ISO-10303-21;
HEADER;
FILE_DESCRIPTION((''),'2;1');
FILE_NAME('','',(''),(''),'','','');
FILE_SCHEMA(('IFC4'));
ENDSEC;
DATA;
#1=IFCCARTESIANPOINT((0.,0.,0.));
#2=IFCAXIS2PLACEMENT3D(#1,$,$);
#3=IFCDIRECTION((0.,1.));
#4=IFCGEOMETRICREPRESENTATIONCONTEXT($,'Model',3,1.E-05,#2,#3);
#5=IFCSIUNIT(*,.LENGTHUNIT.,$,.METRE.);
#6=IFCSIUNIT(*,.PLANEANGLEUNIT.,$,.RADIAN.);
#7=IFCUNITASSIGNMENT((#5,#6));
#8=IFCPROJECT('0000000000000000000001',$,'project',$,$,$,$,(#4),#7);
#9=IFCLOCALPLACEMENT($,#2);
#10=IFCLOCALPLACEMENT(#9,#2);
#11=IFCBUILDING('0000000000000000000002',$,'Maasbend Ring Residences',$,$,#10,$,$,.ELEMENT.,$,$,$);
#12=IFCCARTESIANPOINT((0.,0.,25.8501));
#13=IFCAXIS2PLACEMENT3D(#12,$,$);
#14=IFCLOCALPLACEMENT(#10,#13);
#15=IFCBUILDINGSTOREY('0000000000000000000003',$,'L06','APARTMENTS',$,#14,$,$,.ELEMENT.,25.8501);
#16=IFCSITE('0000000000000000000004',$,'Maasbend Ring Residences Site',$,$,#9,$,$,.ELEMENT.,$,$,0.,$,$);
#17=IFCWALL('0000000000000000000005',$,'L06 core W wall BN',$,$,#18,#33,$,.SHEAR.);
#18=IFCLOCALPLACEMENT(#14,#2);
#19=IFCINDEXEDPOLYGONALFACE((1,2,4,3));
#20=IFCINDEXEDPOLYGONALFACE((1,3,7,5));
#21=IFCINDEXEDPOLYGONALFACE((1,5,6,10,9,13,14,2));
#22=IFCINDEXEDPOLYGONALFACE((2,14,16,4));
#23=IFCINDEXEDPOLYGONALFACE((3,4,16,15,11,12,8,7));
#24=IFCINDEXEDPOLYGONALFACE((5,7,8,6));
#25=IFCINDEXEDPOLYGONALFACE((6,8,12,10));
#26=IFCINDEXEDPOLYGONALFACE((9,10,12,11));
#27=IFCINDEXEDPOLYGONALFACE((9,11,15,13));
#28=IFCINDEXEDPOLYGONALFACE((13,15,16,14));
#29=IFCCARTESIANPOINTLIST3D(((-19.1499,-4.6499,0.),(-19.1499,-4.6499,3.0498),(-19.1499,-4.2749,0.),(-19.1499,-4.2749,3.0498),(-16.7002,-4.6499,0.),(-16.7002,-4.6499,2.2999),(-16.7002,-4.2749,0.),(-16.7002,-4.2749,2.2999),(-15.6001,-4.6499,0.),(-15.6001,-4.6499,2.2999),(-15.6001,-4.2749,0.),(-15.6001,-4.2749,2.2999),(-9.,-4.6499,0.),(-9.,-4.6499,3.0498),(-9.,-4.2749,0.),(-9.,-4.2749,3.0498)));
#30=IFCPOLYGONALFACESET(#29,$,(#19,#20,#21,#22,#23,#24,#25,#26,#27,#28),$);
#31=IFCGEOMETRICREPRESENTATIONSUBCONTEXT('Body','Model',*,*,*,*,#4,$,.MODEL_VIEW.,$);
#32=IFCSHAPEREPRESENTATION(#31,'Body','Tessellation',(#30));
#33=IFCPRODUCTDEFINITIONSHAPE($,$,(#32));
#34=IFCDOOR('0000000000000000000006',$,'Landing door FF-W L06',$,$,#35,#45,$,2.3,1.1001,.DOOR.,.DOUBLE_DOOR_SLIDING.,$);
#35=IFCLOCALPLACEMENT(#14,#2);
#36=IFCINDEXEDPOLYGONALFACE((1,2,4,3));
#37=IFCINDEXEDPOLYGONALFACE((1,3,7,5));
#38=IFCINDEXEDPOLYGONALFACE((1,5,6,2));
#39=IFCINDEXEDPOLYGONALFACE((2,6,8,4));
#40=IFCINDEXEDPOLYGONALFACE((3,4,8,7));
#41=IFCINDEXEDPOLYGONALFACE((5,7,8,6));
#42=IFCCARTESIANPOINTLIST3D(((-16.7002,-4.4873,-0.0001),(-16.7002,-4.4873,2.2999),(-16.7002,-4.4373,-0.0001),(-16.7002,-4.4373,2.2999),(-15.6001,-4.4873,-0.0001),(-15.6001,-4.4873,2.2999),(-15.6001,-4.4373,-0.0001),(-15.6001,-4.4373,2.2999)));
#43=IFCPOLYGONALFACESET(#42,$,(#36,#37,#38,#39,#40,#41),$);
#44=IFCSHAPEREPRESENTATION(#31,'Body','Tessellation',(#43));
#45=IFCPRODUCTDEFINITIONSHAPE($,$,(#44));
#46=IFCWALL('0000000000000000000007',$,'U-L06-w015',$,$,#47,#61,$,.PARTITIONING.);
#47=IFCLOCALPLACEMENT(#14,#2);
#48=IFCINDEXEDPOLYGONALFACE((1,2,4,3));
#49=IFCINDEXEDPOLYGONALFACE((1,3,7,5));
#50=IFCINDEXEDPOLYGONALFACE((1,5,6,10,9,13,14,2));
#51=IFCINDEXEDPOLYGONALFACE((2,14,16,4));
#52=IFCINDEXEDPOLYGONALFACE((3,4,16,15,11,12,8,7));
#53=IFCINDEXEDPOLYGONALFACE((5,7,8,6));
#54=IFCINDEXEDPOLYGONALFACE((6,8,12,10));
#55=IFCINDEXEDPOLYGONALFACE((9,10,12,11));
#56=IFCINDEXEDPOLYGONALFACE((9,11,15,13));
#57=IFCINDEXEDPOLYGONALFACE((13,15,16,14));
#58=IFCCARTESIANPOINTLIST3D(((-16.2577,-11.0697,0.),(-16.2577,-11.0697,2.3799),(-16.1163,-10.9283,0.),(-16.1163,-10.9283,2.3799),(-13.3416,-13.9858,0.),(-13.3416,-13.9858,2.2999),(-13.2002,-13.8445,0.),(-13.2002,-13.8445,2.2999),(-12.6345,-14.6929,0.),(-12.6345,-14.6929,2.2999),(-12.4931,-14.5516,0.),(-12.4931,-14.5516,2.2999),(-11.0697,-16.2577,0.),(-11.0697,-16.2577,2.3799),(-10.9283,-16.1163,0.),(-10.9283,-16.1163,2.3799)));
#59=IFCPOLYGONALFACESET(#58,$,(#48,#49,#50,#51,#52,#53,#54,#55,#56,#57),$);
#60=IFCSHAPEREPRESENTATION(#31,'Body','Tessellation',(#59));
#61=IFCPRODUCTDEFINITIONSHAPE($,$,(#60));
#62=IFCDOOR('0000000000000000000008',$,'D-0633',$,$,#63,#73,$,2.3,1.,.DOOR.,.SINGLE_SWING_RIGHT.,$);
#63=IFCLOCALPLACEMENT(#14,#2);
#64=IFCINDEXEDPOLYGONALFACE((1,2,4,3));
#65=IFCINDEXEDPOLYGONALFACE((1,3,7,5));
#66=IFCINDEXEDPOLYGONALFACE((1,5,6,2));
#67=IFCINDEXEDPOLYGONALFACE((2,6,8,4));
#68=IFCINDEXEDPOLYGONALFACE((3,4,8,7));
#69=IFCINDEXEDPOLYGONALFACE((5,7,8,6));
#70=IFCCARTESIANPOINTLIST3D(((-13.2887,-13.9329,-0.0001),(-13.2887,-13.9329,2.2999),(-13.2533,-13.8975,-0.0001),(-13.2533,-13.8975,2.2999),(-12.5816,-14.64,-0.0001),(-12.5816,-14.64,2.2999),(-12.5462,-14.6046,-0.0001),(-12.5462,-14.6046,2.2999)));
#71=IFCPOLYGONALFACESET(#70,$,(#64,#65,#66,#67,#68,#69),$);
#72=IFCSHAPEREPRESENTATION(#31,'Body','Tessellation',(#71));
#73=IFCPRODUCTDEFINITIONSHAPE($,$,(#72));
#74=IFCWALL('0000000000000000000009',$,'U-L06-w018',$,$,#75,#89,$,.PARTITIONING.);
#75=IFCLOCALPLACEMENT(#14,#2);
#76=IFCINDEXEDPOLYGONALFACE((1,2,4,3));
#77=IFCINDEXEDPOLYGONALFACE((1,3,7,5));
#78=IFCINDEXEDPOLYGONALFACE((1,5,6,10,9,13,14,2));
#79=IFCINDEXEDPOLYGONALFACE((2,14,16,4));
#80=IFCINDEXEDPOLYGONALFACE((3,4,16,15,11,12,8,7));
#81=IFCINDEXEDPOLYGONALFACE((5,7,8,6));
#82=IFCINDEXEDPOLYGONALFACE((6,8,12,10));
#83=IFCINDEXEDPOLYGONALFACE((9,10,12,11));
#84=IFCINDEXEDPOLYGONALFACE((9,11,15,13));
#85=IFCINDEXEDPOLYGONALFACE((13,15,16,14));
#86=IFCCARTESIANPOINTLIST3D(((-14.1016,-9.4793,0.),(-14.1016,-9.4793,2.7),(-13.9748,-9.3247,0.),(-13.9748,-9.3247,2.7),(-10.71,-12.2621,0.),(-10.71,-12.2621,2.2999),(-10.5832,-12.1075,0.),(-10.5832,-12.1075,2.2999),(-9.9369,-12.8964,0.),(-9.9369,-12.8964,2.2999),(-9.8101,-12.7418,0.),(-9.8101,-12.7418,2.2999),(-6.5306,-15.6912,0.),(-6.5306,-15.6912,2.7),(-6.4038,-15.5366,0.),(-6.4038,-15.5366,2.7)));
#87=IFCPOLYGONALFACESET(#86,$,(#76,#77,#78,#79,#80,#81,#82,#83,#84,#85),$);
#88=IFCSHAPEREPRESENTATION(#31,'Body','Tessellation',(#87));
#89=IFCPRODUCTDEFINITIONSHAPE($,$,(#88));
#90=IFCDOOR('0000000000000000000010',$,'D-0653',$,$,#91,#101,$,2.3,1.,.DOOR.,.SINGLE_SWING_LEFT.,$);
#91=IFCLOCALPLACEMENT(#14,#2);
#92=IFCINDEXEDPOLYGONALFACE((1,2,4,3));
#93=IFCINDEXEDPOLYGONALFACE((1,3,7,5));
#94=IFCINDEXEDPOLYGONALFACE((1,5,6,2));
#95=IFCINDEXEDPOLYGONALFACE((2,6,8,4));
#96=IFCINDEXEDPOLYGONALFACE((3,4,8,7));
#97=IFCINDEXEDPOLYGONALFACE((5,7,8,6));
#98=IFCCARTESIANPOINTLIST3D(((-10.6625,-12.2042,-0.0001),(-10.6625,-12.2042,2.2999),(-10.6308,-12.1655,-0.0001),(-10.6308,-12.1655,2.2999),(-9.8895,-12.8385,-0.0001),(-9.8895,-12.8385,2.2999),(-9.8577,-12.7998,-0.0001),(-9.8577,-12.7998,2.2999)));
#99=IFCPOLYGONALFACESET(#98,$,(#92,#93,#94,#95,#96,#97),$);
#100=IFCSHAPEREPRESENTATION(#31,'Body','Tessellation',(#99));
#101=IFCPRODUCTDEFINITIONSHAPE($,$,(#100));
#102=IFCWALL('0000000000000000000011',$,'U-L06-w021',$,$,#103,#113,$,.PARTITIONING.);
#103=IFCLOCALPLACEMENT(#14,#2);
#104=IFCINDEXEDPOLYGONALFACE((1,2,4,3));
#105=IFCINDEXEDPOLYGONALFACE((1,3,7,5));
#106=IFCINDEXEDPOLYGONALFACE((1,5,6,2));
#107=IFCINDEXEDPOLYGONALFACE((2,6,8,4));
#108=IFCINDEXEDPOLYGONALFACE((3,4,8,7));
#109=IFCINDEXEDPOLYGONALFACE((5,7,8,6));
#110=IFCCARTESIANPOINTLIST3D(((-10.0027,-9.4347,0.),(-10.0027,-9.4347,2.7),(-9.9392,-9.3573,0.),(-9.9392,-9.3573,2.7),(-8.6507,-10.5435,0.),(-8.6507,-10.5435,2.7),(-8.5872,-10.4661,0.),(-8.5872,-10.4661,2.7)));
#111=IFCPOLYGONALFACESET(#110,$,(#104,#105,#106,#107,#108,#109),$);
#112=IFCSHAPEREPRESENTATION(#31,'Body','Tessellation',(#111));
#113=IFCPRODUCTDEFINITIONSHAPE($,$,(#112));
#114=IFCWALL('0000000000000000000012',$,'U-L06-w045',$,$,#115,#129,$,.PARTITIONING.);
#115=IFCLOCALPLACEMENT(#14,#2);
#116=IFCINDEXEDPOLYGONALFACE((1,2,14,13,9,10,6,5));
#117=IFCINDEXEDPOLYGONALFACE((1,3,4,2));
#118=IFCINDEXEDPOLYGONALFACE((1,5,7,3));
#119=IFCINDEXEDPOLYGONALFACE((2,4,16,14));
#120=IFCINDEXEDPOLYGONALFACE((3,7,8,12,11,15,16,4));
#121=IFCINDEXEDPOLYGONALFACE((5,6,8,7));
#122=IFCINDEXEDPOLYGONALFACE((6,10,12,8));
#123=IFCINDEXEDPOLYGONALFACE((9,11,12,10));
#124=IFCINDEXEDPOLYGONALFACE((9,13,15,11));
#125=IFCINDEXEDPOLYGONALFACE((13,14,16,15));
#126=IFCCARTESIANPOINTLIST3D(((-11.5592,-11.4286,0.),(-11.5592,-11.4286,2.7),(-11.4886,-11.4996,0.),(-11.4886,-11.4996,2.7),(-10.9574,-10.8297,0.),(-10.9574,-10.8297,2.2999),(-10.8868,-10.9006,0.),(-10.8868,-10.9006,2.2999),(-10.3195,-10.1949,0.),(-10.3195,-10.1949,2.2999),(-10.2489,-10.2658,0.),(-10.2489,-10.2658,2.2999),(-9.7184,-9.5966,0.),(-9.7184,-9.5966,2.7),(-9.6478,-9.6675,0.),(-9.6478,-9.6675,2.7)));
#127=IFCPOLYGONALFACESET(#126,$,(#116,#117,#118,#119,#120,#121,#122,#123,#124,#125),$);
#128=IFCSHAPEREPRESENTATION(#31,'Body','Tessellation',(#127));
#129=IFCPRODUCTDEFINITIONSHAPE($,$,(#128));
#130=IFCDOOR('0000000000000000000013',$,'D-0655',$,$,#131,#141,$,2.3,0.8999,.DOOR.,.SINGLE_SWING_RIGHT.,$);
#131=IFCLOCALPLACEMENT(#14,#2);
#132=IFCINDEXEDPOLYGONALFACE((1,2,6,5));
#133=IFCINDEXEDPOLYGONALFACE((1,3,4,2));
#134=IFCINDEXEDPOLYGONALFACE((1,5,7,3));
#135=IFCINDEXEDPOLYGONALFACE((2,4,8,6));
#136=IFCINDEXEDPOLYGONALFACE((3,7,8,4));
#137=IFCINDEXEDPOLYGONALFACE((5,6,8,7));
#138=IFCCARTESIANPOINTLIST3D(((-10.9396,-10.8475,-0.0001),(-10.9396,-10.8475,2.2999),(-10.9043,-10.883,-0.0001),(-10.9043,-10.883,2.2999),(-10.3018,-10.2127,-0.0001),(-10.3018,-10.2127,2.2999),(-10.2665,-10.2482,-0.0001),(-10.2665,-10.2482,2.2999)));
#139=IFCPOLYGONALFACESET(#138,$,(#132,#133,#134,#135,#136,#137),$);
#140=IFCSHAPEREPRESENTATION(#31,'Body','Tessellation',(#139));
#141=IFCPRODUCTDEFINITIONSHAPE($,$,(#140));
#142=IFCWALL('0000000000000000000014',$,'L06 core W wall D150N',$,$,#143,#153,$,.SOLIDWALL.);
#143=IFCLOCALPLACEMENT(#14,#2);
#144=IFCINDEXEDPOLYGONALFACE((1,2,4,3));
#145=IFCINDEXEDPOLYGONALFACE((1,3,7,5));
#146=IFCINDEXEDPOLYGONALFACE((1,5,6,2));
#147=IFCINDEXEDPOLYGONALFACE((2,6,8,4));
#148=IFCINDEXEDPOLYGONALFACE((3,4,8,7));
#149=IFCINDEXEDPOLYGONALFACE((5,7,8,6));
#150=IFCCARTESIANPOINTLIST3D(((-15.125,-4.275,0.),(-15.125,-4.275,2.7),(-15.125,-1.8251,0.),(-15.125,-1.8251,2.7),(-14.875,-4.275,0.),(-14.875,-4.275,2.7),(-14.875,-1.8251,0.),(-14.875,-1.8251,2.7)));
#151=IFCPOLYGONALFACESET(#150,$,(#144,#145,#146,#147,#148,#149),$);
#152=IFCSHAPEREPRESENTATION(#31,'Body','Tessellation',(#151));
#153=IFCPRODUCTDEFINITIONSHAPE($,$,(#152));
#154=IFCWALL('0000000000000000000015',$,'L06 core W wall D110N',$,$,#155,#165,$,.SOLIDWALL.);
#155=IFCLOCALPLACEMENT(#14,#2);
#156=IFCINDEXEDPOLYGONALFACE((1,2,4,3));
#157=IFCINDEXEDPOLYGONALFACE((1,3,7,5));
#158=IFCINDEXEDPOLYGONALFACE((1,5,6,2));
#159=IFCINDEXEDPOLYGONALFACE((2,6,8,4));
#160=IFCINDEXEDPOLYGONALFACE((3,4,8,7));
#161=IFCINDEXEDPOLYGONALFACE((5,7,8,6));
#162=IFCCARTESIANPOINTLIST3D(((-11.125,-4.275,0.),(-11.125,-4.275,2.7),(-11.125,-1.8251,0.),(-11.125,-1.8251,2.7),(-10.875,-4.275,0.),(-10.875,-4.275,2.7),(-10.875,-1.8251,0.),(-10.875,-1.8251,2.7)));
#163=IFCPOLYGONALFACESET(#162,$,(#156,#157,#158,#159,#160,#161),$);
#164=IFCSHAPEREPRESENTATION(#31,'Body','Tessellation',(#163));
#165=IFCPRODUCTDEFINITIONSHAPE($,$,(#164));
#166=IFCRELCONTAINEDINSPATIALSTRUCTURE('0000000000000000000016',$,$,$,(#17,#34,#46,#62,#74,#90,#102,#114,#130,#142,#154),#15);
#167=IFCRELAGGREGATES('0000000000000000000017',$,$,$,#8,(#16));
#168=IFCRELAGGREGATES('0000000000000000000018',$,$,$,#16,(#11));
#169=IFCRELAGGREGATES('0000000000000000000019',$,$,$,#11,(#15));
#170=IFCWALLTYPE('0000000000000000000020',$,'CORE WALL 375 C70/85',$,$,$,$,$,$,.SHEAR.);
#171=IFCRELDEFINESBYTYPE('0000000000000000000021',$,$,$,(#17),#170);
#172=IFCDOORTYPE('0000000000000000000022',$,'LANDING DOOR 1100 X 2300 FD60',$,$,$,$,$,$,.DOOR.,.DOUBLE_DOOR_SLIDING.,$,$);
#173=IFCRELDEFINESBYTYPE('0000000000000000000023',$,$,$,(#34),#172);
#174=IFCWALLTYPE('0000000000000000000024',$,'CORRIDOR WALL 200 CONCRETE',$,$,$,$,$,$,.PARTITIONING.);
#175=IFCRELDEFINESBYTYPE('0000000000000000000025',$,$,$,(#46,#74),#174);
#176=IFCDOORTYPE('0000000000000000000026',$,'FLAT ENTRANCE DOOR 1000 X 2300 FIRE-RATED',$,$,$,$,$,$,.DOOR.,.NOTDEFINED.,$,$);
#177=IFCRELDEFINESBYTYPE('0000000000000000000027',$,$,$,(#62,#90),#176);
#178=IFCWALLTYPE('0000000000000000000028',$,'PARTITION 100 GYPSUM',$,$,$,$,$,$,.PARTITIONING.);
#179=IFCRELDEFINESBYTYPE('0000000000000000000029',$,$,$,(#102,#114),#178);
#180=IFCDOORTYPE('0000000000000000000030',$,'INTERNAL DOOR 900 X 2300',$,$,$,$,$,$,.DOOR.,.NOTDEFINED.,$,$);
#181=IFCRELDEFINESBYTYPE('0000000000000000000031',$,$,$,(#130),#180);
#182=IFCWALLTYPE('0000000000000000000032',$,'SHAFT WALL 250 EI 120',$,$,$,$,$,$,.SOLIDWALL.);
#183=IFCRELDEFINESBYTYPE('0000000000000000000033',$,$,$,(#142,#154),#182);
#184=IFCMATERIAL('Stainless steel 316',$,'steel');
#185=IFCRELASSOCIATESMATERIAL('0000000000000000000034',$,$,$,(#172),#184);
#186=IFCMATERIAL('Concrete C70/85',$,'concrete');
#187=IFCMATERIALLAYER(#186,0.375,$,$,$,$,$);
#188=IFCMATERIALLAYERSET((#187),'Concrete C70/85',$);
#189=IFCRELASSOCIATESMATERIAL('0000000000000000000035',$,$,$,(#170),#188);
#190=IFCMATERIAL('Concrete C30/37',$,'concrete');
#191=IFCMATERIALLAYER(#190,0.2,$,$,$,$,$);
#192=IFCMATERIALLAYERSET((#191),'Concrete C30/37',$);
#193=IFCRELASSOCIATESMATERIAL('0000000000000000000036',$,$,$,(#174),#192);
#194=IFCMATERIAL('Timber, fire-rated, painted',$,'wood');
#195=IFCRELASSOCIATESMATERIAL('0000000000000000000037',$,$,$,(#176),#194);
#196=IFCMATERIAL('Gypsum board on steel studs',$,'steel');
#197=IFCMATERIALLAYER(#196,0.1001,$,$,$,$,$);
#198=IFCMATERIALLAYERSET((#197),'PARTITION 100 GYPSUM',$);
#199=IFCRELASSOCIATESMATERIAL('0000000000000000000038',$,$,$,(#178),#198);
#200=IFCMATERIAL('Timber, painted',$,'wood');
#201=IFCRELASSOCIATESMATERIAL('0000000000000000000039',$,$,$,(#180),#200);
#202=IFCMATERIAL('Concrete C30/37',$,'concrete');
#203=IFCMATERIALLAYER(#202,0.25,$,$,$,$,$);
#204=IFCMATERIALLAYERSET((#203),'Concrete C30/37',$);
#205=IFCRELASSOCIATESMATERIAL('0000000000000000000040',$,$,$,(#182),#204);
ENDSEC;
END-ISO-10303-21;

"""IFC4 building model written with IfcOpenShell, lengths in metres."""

from ifc_helpers import new_model, si_unit, direction, frame, frame_2d, origin, place, context, subcontext, project, spatial, rectangle, extrude, material, layer, layer_set, type_object, element, fill, save


model = new_model("IFC4")

# Units and contexts
model_context = context("Model", 3, precision=1e-05, world=origin(), true_north=direction((0.0, 1.0)))
body_context = subcontext(model_context, "Body", "Model", "MODEL_VIEW")
ifc_project = project(units=[si_unit("LENGTHUNIT", "METRE"), si_unit("PLANEANGLEUNIT", "RADIAN")], contexts=[model_context])

# Site, building, storey
site_placement = place(None, origin())
site = spatial("IfcSite", under=ifc_project, at=site_placement, Name="Maasbend Ring Residences Site", CompositionType="ELEMENT", RefElevation=0.0)
building_placement = place(site_placement, origin())
building = spatial("IfcBuilding", under=site, at=building_placement, Name="Maasbend Ring Residences", CompositionType="ELEMENT")
storey_placement = place(building_placement, frame((0.0, 0.0, 25.8501)))
storey = spatial("IfcBuildingStorey", under=building, at=storey_placement, Name="L06", Description="APARTMENTS", CompositionType="ELEMENT", Elevation=25.8501)

# Shared definitions
ifc_material_1 = material(Name="Stainless steel 316", Category="steel")
door_type_1 = type_object("IfcDoorType", Name="LANDING DOOR 1100 X 2300 FD60", OperationType="DOUBLE_DOOR_SLIDING", PredefinedType="DOOR", material=ifc_material_1)

# Walls, openings, doors
ifc_material_2 = material(Name="Concrete C70/85", Category="concrete")
ifc_layer_1 = layer(ifc_material_2, 0.375)
ifc_layer_set_1 = layer_set([ifc_layer_1], Name="Concrete C70/85")
wall_type_1 = type_object("IfcWallType", Name="CORE WALL 375 C70/85", PredefinedType="SHEAR", material=ifc_layer_set_1)
wall_1_placement = place(storey_placement, frame((-9.0, -4.4624, 0.0), z_axis=(0.0, 0.0, 1.0), x_axis=(-1.0, 0.0, 0.0)))
wall_1 = element("IfcWall", 1, at=wall_1_placement, inside=storey, type_object=wall_type_1, Name="L06 core W wall BN", PredefinedType="SHEAR", context=body_context, shape_type="SweptSolid", body=[
    extrude(rectangle(XDim=10.1499, YDim=0.375, at=frame_2d((5.075, 0.0))), origin(), (0.0, 0.0, 1.0), 3.0498),
])
opening_1_placement = place(wall_1_placement, frame((6.6001, 0.0, 0.0)))
opening_1 = element("IfcOpeningElement", 2, at=opening_1_placement, cuts=wall_1, PredefinedType="OPENING", context=body_context, shape_type="SweptSolid", body=[
    extrude(rectangle(XDim=1.1001, YDim=2.3, at=frame_2d((0.55, 1.1499))), frame((0.0, 0.1975, 0.0), z_axis=(0.0, -1.0, 0.0), x_axis=(1.0, 0.0, 0.0)), (0.0, 0.0, 1.0), 0.395),
])
door_1_placement = place(opening_1_placement, origin())
door_1 = element("IfcDoor", 3, at=door_1_placement, inside=storey, type_object=door_type_1, Name="Landing door FF-W L06", OperationType="DOUBLE_DOOR_SLIDING", OverallHeight=2.3, OverallWidth=1.1001, PredefinedType="DOOR", context=body_context, shape_type="SweptSolid", body=[
    extrude(rectangle(XDim=1.1001, YDim=2.3, at=frame_2d((0.55, 1.1499))), frame((0.0, 0.0249, 0.0), z_axis=(0.0, -1.0, 0.0), x_axis=(1.0, 0.0, 0.0)), (0.0, 0.0, 1.0), 0.05),
])
fill(opening_1, door_1)
ifc_material_3 = material(Name="Concrete C30/37", Category="concrete")
ifc_layer_2 = layer(ifc_material_3, 0.2)
ifc_layer_set_2 = layer_set([ifc_layer_2], Name="Concrete C30/37")
wall_type_2 = type_object("IfcWallType", Name="CORRIDOR WALL 200 CONCRETE", PredefinedType="PARTITIONING", material=ifc_layer_set_2)
wall_2_placement = place(storey_placement, frame((-16.187, -10.999, 0.0), z_axis=(0.0, 0.0, 1.0), x_axis=(0.707107, -0.707107, 0.0)))
wall_2 = element("IfcWall", 4, at=wall_2_placement, inside=storey, type_object=wall_type_2, Name="U-L06-w015", PredefinedType="PARTITIONING", context=body_context, shape_type="SweptSolid", body=[
    extrude(rectangle(XDim=7.3369, YDim=0.2, at=frame_2d((3.6685, 0.0))), origin(), (0.0, 0.0, 1.0), 2.3799),
])
opening_2_placement = place(wall_2_placement, frame((4.124, 0.0, 0.0)))
opening_2 = element("IfcOpeningElement", 5, at=opening_2_placement, cuts=wall_2, PredefinedType="OPENING", context=body_context, shape_type="SweptSolid", body=[
    extrude(rectangle(XDim=1.0, YDim=2.3, at=frame_2d((0.5, 1.1499))), frame((0.0, 0.1099, 0.0), z_axis=(0.0, -1.0, 0.0), x_axis=(1.0, 0.0, 0.0)), (0.0, 0.0, 1.0), 0.22),
])
ifc_material_4 = material(Name="Timber, fire-rated, painted", Category="wood")
door_type_2 = type_object("IfcDoorType", Name="FLAT ENTRANCE DOOR 1000 X 2300 FIRE-RATED", OperationType="NOTDEFINED", PredefinedType="DOOR", material=ifc_material_4)
door_2_placement = place(opening_2_placement, origin())
door_2 = element("IfcDoor", 6, at=door_2_placement, inside=storey, type_object=door_type_2, Name="D-0633", OperationType="SINGLE_SWING_RIGHT", OverallHeight=2.3, OverallWidth=1.0, PredefinedType="DOOR", context=body_context, shape_type="SweptSolid", body=[
    extrude(rectangle(XDim=1.0, YDim=2.3, at=frame_2d((0.5, 1.1499))), frame((0.0, 0.0249, 0.0), z_axis=(0.0, -1.0, 0.0), x_axis=(1.0, 0.0, 0.0)), (0.0, 0.0, 1.0), 0.05),
])
fill(opening_2, door_2)
wall_3_placement = place(storey_placement, frame((-14.0381, -9.4021, 0.0), z_axis=(0.0, 0.0, 1.0), x_axis=(0.773085, -0.634303, 0.0)))
wall_3 = element("IfcWall", 7, at=wall_3_placement, inside=storey, type_object=wall_type_2, Name="U-L06-w018", PredefinedType="PARTITIONING", context=body_context, shape_type="SweptSolid", body=[
    extrude(rectangle(XDim=9.7932, YDim=0.2, at=frame_2d((4.8965, 0.0))), origin(), (0.0, 0.0, 1.0), 2.7),
])
opening_3_placement = place(wall_3_placement, frame((4.387, 0.0, 0.0)))
opening_3 = element("IfcOpeningElement", 8, at=opening_3_placement, cuts=wall_3, PredefinedType="OPENING", context=body_context, shape_type="SweptSolid", body=[
    extrude(rectangle(XDim=1.0, YDim=2.3, at=frame_2d((0.5, 1.1499))), frame((0.0, 0.1099, 0.0), z_axis=(0.0, -1.0, 0.0), x_axis=(1.0, 0.0, 0.0)), (0.0, 0.0, 1.0), 0.22),
])
door_3_placement = place(opening_3_placement, origin())
door_3 = element("IfcDoor", 9, at=door_3_placement, inside=storey, type_object=door_type_2, Name="D-0653", OperationType="SINGLE_SWING_LEFT", OverallHeight=2.3, OverallWidth=1.0, PredefinedType="DOOR", context=body_context, shape_type="SweptSolid", body=[
    extrude(rectangle(XDim=1.0, YDim=2.3, at=frame_2d((0.5, 1.1499))), frame((0.0, 0.0249, 0.0), z_axis=(0.0, -1.0, 0.0), x_axis=(1.0, 0.0, 0.0)), (0.0, 0.0, 1.0), 0.05),
])
fill(opening_3, door_3)

# Wall
ifc_material_5 = material(Name="Gypsum board on steel studs", Category="steel")
ifc_layer_3 = layer(ifc_material_5, 0.1001)
ifc_layer_set_3 = layer_set([ifc_layer_3], Name="PARTITION 100 GYPSUM")
wall_type_3 = type_object("IfcWallType", Name="PARTITION 100 GYPSUM", PredefinedType="PARTITIONING", material=ifc_layer_set_3)
wall_4_placement = place(storey_placement, frame((-9.9709, -9.396, 0.0), z_axis=(0.0, 0.0, 1.0), x_axis=(0.77321, -0.63415, 0.0)))
element("IfcWall", 10, at=wall_4_placement, inside=storey, type_object=wall_type_3, Name="U-L06-w021", PredefinedType="PARTITIONING", context=body_context, shape_type="SweptSolid", body=[
    extrude(rectangle(XDim=1.7485, YDim=0.1001, at=frame_2d((0.8743, 0.0))), origin(), (0.0, 0.0, 1.0), 2.7),
])

# Wall, opening, door
wall_5_placement = place(storey_placement, frame((-11.5239, -11.4641, 0.0), z_axis=(0.0, 0.0, 1.0), x_axis=(0.708797, 0.705413, 0.0)))
wall_5 = element("IfcWall", 11, at=wall_5_placement, inside=storey, type_object=wall_type_3, Name="U-L06-w045", PredefinedType="PARTITIONING", context=body_context, shape_type="SweptSolid", body=[
    extrude(rectangle(XDim=2.5972, YDim=0.1001, at=frame_2d((1.2986, 0.0))), origin(), (0.0, 0.0, 1.0), 2.7),
])
opening_4_placement = place(wall_5_placement, frame((0.8491, 0.0, 0.0)))
opening_4 = element("IfcOpeningElement", 12, at=opening_4_placement, cuts=wall_5, PredefinedType="OPENING", context=body_context, shape_type="SweptSolid", body=[
    extrude(rectangle(XDim=0.8999, YDim=2.3, at=frame_2d((0.45, 1.1499))), frame((0.0, 0.0601, 0.0), z_axis=(0.0, -1.0, 0.0), x_axis=(1.0, 0.0, 0.0)), (0.0, 0.0, 1.0), 0.1201),
])
ifc_material_6 = material(Name="Timber, painted", Category="wood")
door_type_3 = type_object("IfcDoorType", Name="INTERNAL DOOR 900 X 2300", OperationType="NOTDEFINED", PredefinedType="DOOR", material=ifc_material_6)
door_4_placement = place(opening_4_placement, origin())
door_4 = element("IfcDoor", 13, at=door_4_placement, inside=storey, type_object=door_type_3, Name="D-0655", OperationType="SINGLE_SWING_RIGHT", OverallHeight=2.3, OverallWidth=0.8999, PredefinedType="DOOR", context=body_context, shape_type="SweptSolid", body=[
    extrude(rectangle(XDim=0.8999, YDim=2.3, at=frame_2d((0.45, 1.1499))), frame((0.0, 0.0249, 0.0), z_axis=(0.0, -1.0, 0.0), x_axis=(1.0, 0.0, 0.0)), (0.0, 0.0, 1.0), 0.05),
])
fill(opening_4, door_4)

# Walls
ifc_material_7 = material(Name="Concrete C30/37", Category="concrete")
ifc_layer_4 = layer(ifc_material_7, 0.25)
ifc_layer_set_4 = layer_set([ifc_layer_4], Name="Concrete C30/37")
wall_type_4 = type_object("IfcWallType", Name="SHAFT WALL 250 EI 120", PredefinedType="SOLIDWALL", material=ifc_layer_set_4)
for number, where, z_axis, x_axis, name in (
    (14, (-15.0, -1.825, 0.0), (0.0, 0.0, 1.0), (0.0, -1.0, 0.0), "L06 core W wall D150N"),
    (15, (-11.0, -1.825, 0.0), (0.0, 0.0, 1.0), (0.0, -1.0, 0.0), "L06 core W wall D110N"),
):
    element("IfcWall", number, at=place(storey_placement, frame(where, z_axis=z_axis, x_axis=x_axis)), inside=storey, type_object=wall_type_4, Name=name, PredefinedType="SOLIDWALL", context=body_context, shape_type="SweptSolid", body=[
        extrude(rectangle(XDim=2.45, YDim=0.25, at=frame_2d((1.2251, 0.0))), origin(), (0.0, 0.0, 1.0), 2.7),
    ])

save(model, "model.ifc")
